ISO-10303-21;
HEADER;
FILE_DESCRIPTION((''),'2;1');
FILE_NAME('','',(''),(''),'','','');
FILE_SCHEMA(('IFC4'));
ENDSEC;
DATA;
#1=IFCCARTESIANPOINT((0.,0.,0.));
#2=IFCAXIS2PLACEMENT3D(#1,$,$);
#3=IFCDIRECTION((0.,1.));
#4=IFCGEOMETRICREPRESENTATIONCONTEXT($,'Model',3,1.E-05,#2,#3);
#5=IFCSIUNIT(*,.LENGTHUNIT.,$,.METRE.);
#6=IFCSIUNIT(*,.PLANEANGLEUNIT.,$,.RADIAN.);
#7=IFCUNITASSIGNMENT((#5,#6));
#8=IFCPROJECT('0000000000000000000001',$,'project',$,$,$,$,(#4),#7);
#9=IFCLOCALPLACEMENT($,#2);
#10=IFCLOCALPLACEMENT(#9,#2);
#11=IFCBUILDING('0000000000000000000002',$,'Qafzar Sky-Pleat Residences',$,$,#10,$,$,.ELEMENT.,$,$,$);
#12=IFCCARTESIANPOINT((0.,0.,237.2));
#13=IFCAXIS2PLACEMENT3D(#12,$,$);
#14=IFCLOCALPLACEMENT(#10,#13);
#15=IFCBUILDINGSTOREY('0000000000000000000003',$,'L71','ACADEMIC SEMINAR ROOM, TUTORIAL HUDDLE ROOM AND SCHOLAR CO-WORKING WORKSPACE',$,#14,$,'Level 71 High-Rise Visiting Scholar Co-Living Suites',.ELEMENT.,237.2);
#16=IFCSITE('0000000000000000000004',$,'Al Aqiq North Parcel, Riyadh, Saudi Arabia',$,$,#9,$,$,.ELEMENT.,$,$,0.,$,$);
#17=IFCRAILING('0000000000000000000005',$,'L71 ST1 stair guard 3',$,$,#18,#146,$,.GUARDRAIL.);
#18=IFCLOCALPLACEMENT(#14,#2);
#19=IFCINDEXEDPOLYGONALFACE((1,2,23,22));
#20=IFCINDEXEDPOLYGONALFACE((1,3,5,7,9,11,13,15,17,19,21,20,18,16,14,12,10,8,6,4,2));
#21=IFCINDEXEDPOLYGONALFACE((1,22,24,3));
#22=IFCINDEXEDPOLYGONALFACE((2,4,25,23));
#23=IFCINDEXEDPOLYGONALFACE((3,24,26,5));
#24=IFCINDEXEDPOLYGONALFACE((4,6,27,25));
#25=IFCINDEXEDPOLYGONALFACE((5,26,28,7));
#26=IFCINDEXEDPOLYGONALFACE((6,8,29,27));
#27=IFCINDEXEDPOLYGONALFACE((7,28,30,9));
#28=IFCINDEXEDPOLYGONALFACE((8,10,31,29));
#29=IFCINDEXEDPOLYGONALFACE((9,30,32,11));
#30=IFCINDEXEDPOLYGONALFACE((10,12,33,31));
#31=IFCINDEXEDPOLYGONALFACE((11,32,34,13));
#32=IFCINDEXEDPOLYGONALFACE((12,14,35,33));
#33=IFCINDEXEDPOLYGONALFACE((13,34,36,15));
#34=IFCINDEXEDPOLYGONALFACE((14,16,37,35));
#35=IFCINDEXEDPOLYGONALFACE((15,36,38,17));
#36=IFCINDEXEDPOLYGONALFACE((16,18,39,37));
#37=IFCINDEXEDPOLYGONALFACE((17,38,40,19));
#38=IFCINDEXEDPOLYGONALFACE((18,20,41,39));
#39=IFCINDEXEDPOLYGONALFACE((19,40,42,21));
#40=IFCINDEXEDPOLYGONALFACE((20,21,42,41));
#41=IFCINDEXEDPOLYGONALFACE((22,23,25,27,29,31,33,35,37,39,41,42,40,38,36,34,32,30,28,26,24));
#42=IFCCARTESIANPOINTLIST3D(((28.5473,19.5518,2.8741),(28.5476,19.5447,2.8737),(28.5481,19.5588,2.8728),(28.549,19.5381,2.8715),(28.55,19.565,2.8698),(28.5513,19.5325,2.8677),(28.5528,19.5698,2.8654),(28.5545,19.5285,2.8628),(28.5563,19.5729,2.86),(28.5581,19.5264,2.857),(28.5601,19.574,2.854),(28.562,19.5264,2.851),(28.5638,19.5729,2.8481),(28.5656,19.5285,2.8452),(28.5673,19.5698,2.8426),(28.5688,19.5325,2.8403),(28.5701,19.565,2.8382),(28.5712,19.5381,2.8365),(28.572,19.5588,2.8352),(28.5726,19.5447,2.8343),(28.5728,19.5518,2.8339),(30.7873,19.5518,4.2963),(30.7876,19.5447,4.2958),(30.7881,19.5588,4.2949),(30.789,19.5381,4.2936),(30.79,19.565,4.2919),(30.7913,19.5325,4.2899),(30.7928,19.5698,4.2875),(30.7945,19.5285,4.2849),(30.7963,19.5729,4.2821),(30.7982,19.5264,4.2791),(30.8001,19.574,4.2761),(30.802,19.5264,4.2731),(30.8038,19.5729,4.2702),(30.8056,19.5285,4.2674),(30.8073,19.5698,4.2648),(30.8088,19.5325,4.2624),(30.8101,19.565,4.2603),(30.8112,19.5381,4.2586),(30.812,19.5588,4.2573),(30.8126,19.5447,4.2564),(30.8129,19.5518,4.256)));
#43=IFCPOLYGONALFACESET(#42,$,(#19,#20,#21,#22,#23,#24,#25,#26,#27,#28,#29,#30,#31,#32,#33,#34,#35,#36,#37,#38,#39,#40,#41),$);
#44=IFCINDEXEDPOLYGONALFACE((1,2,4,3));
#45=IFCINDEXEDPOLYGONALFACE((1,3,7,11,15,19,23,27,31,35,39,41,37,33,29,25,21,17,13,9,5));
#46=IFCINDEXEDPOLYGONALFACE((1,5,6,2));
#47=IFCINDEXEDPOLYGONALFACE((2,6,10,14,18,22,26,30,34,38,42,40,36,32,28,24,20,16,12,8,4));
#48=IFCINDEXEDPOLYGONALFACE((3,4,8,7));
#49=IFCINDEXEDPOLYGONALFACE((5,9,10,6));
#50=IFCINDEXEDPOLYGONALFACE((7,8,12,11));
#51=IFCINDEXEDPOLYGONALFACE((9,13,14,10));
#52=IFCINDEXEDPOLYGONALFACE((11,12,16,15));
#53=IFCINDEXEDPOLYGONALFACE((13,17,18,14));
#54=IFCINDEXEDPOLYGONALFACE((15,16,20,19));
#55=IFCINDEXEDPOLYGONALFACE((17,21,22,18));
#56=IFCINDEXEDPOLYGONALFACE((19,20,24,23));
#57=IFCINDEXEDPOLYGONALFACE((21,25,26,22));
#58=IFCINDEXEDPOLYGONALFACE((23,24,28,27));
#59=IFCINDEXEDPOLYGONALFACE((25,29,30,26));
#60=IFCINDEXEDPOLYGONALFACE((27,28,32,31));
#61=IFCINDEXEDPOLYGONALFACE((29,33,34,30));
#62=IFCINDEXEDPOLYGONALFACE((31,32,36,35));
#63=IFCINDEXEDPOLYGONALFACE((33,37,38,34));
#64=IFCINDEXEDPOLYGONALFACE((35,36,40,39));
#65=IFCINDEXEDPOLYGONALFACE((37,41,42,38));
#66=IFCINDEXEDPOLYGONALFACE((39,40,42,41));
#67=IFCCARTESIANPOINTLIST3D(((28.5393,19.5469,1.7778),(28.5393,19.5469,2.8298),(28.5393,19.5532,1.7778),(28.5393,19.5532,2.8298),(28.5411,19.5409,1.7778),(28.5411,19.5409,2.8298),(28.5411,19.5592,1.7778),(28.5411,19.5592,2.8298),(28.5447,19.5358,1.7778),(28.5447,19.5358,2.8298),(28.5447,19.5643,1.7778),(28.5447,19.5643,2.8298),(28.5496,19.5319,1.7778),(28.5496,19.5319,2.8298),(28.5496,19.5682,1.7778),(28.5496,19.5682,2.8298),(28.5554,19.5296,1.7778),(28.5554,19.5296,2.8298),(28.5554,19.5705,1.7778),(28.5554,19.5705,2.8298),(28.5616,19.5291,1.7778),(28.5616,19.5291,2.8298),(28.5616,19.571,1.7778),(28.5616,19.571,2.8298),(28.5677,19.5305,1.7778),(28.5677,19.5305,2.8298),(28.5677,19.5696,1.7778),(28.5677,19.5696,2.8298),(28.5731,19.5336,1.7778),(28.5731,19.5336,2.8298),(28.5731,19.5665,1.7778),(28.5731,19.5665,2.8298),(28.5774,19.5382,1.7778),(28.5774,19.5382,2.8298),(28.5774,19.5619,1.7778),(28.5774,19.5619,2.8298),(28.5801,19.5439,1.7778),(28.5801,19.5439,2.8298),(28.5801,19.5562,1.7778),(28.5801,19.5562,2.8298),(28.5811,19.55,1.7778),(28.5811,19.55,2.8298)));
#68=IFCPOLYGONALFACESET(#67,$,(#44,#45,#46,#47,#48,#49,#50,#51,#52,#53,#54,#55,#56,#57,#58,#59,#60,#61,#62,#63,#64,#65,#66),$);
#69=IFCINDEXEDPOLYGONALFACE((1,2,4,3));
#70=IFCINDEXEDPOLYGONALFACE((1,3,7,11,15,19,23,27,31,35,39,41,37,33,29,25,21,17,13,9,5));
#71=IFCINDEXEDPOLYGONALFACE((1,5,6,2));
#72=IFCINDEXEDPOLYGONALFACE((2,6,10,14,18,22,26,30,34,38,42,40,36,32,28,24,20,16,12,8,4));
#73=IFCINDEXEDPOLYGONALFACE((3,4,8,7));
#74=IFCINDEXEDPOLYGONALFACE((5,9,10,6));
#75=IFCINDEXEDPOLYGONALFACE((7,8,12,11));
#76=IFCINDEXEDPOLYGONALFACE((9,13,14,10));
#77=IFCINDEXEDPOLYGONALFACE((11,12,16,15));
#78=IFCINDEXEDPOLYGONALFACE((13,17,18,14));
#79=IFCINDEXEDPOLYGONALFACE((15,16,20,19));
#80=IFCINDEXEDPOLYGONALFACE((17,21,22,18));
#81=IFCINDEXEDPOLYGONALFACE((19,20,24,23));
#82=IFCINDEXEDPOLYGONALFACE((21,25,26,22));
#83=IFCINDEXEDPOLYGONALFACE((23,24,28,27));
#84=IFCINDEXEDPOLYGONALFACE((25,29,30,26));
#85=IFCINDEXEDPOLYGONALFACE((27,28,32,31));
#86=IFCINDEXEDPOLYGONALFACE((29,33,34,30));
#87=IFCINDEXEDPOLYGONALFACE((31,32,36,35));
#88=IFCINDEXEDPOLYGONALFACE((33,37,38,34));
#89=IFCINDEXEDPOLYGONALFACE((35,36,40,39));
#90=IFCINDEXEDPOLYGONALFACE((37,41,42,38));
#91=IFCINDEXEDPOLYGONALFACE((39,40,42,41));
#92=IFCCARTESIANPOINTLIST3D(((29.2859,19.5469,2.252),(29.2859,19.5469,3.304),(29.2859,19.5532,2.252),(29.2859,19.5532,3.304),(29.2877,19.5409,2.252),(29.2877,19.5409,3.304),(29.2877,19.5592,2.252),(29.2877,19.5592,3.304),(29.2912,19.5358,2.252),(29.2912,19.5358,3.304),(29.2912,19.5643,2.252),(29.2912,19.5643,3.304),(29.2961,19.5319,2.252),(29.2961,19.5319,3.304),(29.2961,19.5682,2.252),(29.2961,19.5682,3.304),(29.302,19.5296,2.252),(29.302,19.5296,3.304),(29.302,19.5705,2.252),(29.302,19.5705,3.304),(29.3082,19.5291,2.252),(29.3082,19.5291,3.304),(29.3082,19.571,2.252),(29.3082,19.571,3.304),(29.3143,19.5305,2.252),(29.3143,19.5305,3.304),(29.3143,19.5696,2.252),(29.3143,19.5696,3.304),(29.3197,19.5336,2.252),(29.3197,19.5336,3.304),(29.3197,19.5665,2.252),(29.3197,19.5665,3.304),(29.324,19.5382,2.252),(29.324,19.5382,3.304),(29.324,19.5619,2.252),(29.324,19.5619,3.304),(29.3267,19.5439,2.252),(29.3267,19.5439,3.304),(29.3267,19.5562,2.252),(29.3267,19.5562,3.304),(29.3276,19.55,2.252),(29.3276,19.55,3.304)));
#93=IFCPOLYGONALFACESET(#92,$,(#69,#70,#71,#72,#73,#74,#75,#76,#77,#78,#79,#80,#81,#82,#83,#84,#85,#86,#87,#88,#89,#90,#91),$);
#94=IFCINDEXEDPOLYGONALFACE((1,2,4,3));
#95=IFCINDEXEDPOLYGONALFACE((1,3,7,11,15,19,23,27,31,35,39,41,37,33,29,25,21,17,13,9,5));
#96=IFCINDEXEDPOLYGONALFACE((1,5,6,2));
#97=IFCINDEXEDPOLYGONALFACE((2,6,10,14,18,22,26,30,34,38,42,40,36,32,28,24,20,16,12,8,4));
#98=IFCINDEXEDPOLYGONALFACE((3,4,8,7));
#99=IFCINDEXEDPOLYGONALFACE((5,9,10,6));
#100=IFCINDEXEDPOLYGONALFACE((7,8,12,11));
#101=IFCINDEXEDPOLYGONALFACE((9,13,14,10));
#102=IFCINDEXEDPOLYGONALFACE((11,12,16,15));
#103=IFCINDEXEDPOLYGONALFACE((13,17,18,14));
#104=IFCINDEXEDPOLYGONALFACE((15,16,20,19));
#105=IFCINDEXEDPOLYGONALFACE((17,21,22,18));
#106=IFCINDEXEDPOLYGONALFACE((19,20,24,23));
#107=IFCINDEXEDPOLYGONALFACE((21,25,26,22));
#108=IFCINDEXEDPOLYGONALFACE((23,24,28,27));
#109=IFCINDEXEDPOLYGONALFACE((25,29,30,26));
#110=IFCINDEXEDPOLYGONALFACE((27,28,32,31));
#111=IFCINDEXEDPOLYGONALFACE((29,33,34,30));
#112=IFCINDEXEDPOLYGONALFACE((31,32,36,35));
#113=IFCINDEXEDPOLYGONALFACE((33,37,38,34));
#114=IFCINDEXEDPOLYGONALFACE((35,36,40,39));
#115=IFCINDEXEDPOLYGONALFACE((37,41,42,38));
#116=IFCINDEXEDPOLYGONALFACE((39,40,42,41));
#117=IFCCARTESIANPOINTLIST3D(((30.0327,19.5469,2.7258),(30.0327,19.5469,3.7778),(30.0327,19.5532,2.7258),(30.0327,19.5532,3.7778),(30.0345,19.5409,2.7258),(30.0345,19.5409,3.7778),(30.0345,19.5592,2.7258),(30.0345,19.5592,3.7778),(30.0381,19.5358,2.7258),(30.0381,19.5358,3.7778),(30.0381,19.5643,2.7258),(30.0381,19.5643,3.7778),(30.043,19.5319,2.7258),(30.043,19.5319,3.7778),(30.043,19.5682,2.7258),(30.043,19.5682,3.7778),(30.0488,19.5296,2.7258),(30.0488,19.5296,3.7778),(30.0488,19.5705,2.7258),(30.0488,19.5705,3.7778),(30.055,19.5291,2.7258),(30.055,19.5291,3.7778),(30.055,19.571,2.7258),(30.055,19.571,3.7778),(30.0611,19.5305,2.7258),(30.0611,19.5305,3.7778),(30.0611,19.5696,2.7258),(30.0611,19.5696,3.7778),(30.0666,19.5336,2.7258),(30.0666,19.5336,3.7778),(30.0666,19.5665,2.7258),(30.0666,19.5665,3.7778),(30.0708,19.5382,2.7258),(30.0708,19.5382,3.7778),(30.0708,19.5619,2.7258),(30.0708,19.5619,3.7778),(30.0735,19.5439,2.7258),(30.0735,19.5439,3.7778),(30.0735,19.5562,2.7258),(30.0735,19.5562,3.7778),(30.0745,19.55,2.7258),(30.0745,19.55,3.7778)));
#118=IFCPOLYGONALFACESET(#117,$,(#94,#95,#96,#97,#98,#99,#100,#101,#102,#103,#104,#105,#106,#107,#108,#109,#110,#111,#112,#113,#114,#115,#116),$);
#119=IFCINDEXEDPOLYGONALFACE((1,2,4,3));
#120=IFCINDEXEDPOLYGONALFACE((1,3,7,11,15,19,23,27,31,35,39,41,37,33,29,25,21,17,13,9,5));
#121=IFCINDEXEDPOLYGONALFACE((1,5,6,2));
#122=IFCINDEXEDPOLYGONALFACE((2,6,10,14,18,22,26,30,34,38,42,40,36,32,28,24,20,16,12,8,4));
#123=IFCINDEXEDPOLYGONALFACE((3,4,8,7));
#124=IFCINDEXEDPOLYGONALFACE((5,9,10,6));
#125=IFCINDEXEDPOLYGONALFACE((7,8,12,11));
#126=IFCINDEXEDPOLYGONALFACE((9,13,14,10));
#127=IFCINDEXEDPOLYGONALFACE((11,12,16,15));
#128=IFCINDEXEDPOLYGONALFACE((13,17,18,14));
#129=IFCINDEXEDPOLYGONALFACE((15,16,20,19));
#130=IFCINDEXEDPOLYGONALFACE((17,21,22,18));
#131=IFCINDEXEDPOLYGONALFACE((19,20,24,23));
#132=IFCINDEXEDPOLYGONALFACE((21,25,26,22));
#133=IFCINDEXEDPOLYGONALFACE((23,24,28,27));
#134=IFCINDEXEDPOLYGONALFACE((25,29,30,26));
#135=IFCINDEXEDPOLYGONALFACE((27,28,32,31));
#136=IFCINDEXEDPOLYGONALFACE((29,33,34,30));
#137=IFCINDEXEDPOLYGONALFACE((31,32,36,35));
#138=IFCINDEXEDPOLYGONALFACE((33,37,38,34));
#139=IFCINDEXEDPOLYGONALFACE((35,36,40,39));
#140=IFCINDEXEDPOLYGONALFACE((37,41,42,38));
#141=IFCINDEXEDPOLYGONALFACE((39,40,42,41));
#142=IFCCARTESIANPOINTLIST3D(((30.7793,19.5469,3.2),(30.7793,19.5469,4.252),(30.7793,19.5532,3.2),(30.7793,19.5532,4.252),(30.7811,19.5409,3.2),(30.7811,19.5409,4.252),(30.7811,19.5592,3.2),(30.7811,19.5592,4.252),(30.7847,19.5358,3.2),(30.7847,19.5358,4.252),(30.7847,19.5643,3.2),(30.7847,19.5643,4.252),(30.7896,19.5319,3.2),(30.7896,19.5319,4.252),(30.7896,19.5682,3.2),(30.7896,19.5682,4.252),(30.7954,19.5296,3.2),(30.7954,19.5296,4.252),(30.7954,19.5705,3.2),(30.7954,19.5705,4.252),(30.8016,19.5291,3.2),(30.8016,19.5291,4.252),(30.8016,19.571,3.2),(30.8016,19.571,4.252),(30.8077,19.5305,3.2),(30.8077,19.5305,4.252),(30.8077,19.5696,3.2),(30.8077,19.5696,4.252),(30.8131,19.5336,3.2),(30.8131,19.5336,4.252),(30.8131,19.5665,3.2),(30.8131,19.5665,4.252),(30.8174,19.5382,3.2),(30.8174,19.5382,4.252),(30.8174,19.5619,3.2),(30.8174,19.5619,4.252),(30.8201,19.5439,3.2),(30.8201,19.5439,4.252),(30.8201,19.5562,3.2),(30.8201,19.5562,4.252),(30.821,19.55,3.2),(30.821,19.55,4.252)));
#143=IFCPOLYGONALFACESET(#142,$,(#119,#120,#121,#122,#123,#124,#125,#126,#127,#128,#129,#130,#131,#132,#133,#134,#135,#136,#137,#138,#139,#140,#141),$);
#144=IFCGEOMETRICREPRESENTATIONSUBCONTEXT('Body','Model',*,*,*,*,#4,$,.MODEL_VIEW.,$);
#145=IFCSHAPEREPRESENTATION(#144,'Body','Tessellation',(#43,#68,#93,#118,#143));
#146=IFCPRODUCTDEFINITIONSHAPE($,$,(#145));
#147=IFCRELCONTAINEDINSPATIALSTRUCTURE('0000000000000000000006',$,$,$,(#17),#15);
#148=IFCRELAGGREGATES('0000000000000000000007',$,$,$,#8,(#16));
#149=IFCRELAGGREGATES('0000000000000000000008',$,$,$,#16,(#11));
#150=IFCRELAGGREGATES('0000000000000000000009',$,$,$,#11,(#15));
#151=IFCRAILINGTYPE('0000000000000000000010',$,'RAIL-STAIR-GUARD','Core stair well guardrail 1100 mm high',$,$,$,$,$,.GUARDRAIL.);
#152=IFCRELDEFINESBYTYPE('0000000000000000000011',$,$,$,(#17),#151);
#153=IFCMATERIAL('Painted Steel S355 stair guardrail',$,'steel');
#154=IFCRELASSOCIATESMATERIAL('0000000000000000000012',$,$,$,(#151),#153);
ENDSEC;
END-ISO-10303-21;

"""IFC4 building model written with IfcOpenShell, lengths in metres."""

from ifc_helpers import new_model, si_unit, direction, frame, origin, origin_2d, place, context, subcontext, project, spatial, circle, extrude, source, transform, mapped, material, type_object, element, save


model = new_model("IFC4")

# Units and contexts
model_context = context("Model", 3, precision=1e-05, world=origin(), true_north=direction((0.0, 1.0)))
body_context = subcontext(model_context, "Body", "Model", "MODEL_VIEW")
ifc_project = project(units=[si_unit("LENGTHUNIT", "METRE"), si_unit("PLANEANGLEUNIT", "RADIAN")], contexts=[model_context])

# Site, building, storey
site_placement = place(None, origin())
site = spatial("IfcSite", under=ifc_project, at=site_placement, Name="Al Aqiq North Parcel, Riyadh, Saudi Arabia", CompositionType="ELEMENT", RefElevation=0.0)
building_placement = place(site_placement, origin())
building = spatial("IfcBuilding", under=site, at=building_placement, Name="Qafzar Sky-Pleat Residences", CompositionType="ELEMENT")
storey_placement = place(building_placement, frame((0.0, 0.0, 237.2)))
storey = spatial("IfcBuildingStorey", under=building, at=storey_placement, Name="L71", Description="ACADEMIC SEMINAR ROOM, TUTORIAL HUDDLE ROOM AND SCHOLAR CO-WORKING WORKSPACE", LongName="Level 71 High-Rise Visiting Scholar Co-Living Suites", CompositionType="ELEMENT", Elevation=237.2)

# Railing
ifc_material_1 = material(Name="Painted Steel S355 stair guardrail", Category="steel")
railing_type_1 = type_object("IfcRailingType", Name="RAIL-STAIR-GUARD", Description="Core stair well guardrail 1100 mm high", PredefinedType="GUARDRAIL", material=ifc_material_1)
shared_shape_1 = source(origin(), body_context, "Body", "SweptSolid", [
    extrude(circle(Radius=0.0239, at=origin_2d()), frame((0.0, 0.0, 1.0762), z_axis=(0.844229, 0.0, 0.535982), x_axis=(0.0, 1.0, 0.0)), (0.0, 0.0, 1.0), 2.6533),
    extrude(circle(Radius=0.021, at=origin_2d()), origin(), (0.0, 0.0, 1.0), 1.052),
    extrude(circle(Radius=0.021, at=origin_2d()), frame((0.7466, 0.0, 0.4741)), (0.0, 0.0, 1.0), 1.052),
    extrude(circle(Radius=0.021, at=origin_2d()), frame((1.4934, 0.0, 0.948)), (0.0, 0.0, 1.0), 1.052),
    extrude(circle(Radius=0.021, at=origin_2d()), frame((2.24, 0.0, 1.4221)), (0.0, 0.0, 1.0), 1.052),
])
railing_1_placement = place(storey_placement, frame((28.5601, 19.55, 1.7778)))
element("IfcRailing", 1, at=railing_1_placement, inside=storey, type_object=railing_type_1, Name="L71 ST1 stair guard 3", PredefinedType="GUARDRAIL", context=body_context, shape_type="MappedRepresentation", body=[
    mapped(shared_shape_1, transform((0.0, 0.0, 0.0), x_axis=(1.0, 0.0, 0.0), y_axis=(0.0, 1.0, 0.0), z_axis=(0.0, 0.0, 1.0), scale=1.0)),
])

save(model, "model.ifc")
